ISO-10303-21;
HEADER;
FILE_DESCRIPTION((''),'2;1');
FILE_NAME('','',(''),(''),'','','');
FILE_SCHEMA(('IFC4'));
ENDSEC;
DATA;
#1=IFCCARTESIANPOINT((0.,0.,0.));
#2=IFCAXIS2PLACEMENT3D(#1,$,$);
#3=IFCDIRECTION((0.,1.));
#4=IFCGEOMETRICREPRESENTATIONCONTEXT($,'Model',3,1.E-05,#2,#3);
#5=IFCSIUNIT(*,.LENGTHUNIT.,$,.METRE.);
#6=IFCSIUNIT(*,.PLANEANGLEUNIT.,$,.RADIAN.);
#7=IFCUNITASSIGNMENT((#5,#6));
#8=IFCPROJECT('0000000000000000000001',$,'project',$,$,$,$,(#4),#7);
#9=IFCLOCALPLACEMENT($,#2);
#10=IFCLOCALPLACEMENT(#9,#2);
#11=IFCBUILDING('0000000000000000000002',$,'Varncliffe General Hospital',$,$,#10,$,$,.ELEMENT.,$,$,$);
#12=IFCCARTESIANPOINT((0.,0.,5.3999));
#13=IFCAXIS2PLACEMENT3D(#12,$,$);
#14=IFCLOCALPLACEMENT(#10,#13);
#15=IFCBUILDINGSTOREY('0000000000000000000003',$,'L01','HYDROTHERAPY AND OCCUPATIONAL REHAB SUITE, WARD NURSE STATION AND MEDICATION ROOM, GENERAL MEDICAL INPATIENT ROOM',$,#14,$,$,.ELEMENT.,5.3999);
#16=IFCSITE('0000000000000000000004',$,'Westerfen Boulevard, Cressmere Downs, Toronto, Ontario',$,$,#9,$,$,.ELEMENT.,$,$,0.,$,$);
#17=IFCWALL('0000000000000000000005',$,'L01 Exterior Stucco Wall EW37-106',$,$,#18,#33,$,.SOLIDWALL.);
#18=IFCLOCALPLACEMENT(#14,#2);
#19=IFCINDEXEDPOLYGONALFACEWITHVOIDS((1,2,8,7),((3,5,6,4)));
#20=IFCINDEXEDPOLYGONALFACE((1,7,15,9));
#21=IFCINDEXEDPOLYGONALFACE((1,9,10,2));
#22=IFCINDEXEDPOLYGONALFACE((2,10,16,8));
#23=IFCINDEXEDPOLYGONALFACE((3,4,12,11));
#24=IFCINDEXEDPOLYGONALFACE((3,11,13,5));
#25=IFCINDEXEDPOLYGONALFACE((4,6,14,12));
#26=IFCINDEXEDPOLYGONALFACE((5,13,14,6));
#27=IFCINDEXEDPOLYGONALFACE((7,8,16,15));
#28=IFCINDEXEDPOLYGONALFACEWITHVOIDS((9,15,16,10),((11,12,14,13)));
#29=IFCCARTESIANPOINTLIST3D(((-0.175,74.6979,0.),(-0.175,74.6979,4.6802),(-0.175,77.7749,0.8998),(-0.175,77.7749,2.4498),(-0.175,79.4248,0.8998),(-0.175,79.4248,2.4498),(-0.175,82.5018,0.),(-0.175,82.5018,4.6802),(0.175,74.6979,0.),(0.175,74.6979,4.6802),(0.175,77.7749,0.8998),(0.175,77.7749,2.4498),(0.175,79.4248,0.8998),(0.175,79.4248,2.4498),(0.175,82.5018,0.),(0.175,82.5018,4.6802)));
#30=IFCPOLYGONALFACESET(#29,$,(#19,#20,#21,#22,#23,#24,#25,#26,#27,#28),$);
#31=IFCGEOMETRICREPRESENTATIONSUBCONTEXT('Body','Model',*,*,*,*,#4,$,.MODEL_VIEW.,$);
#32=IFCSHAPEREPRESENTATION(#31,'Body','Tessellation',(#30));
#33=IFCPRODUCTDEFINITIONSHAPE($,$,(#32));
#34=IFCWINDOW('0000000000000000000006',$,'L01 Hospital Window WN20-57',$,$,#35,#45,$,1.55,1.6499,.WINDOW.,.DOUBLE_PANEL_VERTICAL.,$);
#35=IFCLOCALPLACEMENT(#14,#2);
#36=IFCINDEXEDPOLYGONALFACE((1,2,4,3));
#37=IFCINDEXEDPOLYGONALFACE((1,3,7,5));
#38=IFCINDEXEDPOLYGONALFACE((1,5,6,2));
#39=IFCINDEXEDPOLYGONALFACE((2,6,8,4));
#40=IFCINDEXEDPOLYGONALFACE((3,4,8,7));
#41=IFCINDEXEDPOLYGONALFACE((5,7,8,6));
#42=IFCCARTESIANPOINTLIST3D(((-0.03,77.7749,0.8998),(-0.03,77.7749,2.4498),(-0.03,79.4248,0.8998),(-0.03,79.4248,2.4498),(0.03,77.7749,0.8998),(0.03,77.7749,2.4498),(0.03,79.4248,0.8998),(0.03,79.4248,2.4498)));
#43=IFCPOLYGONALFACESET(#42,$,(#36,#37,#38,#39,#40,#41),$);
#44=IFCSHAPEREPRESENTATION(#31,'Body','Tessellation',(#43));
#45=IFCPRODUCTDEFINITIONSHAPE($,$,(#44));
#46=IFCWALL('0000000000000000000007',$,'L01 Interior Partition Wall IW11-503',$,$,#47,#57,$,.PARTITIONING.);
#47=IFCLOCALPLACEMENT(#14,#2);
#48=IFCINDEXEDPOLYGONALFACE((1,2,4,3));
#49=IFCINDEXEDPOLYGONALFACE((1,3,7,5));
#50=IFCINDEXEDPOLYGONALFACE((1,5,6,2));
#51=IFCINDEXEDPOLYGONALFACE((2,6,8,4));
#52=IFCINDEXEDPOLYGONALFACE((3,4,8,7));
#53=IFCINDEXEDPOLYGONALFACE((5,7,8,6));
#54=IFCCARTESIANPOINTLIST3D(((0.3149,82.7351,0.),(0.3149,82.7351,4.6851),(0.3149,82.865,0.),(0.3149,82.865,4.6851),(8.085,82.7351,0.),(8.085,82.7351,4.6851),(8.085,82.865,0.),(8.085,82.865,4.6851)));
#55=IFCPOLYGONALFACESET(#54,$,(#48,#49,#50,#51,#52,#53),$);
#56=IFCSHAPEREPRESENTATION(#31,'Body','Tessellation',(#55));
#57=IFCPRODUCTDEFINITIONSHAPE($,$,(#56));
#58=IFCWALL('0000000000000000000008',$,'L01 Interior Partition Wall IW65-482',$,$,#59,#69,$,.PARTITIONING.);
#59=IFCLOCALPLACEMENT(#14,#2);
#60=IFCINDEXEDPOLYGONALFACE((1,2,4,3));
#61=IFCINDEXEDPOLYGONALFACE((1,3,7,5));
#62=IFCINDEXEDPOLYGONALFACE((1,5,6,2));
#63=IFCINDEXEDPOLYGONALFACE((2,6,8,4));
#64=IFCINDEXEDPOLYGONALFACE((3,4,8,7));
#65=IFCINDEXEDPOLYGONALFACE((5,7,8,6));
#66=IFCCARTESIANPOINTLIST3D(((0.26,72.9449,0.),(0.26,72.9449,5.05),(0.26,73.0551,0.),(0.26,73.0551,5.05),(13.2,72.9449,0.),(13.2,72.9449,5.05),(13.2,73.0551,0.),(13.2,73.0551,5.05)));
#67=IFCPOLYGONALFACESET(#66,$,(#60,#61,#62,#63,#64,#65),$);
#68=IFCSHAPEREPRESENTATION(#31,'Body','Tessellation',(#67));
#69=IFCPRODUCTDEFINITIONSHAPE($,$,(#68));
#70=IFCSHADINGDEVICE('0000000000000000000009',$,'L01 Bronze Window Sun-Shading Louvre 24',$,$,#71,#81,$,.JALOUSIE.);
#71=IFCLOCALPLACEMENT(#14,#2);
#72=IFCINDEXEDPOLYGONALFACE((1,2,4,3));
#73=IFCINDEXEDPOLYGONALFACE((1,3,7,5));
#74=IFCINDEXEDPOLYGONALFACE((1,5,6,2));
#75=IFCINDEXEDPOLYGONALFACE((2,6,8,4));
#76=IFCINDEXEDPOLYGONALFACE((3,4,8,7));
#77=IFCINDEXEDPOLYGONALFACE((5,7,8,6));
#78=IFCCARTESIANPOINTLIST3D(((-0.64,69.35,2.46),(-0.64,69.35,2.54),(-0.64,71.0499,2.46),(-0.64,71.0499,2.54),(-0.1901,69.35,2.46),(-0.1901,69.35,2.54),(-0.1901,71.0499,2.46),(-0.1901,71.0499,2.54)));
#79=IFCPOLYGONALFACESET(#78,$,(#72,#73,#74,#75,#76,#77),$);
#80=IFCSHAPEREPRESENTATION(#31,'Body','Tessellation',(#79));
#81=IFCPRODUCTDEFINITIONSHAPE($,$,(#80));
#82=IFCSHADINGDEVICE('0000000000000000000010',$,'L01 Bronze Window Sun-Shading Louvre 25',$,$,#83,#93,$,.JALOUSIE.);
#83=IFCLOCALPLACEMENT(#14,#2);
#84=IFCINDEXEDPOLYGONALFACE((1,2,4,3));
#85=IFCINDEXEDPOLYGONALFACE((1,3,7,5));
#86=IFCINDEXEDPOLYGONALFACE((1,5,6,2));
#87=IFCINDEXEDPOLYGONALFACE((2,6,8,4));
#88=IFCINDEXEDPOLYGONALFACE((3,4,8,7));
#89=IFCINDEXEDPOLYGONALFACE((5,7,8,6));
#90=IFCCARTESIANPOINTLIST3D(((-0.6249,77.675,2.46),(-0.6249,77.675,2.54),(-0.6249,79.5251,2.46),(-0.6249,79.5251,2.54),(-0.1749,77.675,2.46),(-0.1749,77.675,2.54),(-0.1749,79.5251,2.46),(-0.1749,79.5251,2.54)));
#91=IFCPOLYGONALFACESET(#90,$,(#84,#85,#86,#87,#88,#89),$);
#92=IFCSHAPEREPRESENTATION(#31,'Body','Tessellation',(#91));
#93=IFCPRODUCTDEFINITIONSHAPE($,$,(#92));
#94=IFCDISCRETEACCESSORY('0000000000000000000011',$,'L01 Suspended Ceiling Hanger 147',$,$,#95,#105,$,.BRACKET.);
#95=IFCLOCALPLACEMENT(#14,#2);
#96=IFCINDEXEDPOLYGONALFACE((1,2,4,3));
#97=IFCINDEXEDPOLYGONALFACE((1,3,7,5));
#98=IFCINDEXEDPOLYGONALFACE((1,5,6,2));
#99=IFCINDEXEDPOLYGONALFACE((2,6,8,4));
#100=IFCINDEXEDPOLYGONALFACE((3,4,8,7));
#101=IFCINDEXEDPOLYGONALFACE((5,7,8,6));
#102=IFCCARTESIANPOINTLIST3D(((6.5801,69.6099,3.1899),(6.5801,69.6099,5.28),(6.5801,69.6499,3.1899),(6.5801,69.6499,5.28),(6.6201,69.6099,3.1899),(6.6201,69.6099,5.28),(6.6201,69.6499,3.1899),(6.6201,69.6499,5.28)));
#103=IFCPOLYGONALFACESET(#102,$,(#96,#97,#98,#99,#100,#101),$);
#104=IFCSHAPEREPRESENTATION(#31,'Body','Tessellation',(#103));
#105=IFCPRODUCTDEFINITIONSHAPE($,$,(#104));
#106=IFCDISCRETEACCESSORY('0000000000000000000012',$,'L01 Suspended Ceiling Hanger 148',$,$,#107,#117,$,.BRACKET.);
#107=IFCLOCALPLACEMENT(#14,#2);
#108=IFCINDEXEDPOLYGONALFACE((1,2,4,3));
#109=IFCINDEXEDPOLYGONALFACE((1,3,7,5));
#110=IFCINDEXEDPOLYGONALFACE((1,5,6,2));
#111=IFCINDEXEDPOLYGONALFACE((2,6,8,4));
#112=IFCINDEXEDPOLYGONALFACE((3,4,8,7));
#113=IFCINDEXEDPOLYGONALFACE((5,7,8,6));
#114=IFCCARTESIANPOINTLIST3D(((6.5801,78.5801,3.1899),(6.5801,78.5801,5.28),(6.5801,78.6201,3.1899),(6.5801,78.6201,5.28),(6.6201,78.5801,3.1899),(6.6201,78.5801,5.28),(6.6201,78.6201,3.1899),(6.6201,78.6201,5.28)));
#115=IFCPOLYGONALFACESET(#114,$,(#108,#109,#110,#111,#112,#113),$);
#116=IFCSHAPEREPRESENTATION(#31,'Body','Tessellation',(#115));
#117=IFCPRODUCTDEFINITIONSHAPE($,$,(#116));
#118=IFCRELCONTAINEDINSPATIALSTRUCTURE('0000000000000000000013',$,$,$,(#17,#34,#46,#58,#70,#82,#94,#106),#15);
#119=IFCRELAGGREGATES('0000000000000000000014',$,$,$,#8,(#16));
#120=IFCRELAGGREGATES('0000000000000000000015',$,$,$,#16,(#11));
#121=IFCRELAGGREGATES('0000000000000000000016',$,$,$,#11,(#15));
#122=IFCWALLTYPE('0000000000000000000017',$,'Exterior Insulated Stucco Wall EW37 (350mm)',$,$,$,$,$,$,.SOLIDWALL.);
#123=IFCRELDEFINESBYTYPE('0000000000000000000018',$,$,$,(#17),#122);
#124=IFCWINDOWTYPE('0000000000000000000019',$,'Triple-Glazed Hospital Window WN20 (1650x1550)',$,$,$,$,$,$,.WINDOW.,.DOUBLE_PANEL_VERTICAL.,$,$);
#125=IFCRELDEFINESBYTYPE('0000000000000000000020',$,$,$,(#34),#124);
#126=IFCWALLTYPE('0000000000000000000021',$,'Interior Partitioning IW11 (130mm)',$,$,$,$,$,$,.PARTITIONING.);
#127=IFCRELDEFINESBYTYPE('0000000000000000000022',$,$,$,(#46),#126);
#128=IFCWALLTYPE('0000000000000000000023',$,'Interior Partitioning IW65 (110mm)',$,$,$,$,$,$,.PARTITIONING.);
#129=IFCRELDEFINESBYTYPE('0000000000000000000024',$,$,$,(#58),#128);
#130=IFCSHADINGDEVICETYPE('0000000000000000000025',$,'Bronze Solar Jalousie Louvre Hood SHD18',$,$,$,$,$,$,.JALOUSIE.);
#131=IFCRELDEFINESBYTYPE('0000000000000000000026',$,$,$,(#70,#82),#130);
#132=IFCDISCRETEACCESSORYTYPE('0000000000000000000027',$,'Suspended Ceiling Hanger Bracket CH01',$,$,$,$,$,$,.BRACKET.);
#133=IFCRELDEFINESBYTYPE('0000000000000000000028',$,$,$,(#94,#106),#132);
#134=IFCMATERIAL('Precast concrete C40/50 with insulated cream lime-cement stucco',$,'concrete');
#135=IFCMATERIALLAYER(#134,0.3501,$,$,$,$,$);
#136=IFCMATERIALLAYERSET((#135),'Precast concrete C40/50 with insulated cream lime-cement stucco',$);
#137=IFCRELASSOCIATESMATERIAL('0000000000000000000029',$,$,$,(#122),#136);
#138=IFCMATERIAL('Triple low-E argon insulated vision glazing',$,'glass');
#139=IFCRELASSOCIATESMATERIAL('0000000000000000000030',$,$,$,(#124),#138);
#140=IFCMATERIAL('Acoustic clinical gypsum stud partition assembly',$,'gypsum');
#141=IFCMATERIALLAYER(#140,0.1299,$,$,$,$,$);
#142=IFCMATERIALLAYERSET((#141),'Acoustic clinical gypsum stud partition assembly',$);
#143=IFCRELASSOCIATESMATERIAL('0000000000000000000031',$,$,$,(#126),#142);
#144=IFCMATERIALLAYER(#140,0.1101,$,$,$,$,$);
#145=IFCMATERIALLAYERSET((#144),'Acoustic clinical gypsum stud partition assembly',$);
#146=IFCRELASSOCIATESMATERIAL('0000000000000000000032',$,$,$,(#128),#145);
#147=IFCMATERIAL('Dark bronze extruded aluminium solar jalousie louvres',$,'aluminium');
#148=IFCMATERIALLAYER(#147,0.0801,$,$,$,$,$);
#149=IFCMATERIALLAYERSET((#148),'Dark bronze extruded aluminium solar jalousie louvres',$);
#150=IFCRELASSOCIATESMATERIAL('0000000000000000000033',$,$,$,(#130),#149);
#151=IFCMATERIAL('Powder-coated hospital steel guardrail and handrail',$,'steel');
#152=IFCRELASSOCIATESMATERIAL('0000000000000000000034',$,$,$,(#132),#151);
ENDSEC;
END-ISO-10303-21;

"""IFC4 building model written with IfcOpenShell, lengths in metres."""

from ifc_helpers import new_model, si_unit, direction, frame, frame_2d, origin, origin_2d, place, context, subcontext, project, spatial, rectangle, extrude, material, layer, layer_set, type_object, element, fill, save


model = new_model("IFC4")

# Units and contexts
model_context = context("Model", 3, precision=1e-05, world=origin(), true_north=direction((0.0, 1.0)))
body_context = subcontext(model_context, "Body", "Model", "MODEL_VIEW")
ifc_project = project(units=[si_unit("LENGTHUNIT", "METRE"), si_unit("PLANEANGLEUNIT", "RADIAN")], contexts=[model_context])

# Site, building, storey
site_placement = place(None, origin())
site = spatial("IfcSite", under=ifc_project, at=site_placement, Name="Westerfen Boulevard, Cressmere Downs, Toronto, Ontario", CompositionType="ELEMENT", RefElevation=0.0)
building_placement = place(site_placement, origin())
building = spatial("IfcBuilding", under=site, at=building_placement, Name="Varncliffe General Hospital", CompositionType="ELEMENT")
storey_placement = place(building_placement, frame((0.0, 0.0, 5.3999)))
storey = spatial("IfcBuildingStorey", under=building, at=storey_placement, Name="L01", Description="HYDROTHERAPY AND OCCUPATIONAL REHAB SUITE, WARD NURSE STATION AND MEDICATION ROOM, GENERAL MEDICAL INPATIENT ROOM", CompositionType="ELEMENT", Elevation=5.3999)

# Wall, opening, window
ifc_material_1 = material(Name="Precast concrete C40/50 with insulated cream lime-cement stucco", Category="concrete")
ifc_material_2 = material(Name="Triple low-E argon insulated vision glazing", Category="glass")
ifc_layer_1 = layer(ifc_material_1, 0.3501)
ifc_layer_set_1 = layer_set([ifc_layer_1], Name="Precast concrete C40/50 with insulated cream lime-cement stucco")
wall_type_1 = type_object("IfcWallType", Name="Exterior Insulated Stucco Wall EW37 (350mm)", PredefinedType="SOLIDWALL", material=ifc_layer_set_1)
wall_1_placement = place(storey_placement, frame((0.0, 74.698, 0.0), z_axis=(0.0, 0.0, 1.0), x_axis=(0.0, 1.0, 0.0)))
wall_1 = element("IfcWall", 1, at=wall_1_placement, inside=storey, type_object=wall_type_1, Name="L01 Exterior Stucco Wall EW37-106", PredefinedType="SOLIDWALL", context=body_context, shape_type="SweptSolid", body=[
    extrude(rectangle(XDim=7.804, YDim=0.3501, at=frame_2d((3.9019, 0.0))), origin(), (0.0, 0.0, 1.0), 4.6802),
])
opening_1_placement = place(wall_1_placement, frame((3.0769, 0.0, 0.8999)))
opening_1 = element("IfcOpeningElement", 2, at=opening_1_placement, cuts=wall_1, PredefinedType="OPENING", context=body_context, shape_type="SweptSolid", body=[
    extrude(rectangle(XDim=1.6499, YDim=1.55, at=frame_2d((0.825, 0.7749))), frame((0.0, 0.1851, 0.0), z_axis=(0.0, -1.0, 0.0), x_axis=(1.0, 0.0, 0.0)), (0.0, 0.0, 1.0), 0.3701),
])
window_type_1 = type_object("IfcWindowType", Name="Triple-Glazed Hospital Window WN20 (1650x1550)", PartitioningType="DOUBLE_PANEL_VERTICAL", PredefinedType="WINDOW", material=ifc_material_2)
window_1_placement = place(opening_1_placement, origin())
window_1 = element("IfcWindow", 3, at=window_1_placement, inside=storey, type_object=window_type_1, Name="L01 Hospital Window WN20-57", OverallHeight=1.55, OverallWidth=1.6499, PartitioningType="DOUBLE_PANEL_VERTICAL", PredefinedType="WINDOW", context=body_context, shape_type="SweptSolid", body=[
    extrude(rectangle(XDim=1.6499, YDim=1.55, at=frame_2d((0.825, 0.7749))), frame((0.0, 0.03, 0.0), z_axis=(0.0, -1.0, 0.0), x_axis=(1.0, 0.0, 0.0)), (0.0, 0.0, 1.0), 0.0601),
])
fill(opening_1, window_1)

# Walls
ifc_material_3 = material(Name="Acoustic clinical gypsum stud partition assembly", Category="gypsum")
ifc_layer_2 = layer(ifc_material_3, 0.1299)
ifc_layer_set_2 = layer_set([ifc_layer_2], Name="Acoustic clinical gypsum stud partition assembly")
wall_type_2 = type_object("IfcWallType", Name="Interior Partitioning IW11 (130mm)", PredefinedType="PARTITIONING", material=ifc_layer_set_2)
wall_2_placement = place(storey_placement, frame((0.3149, 82.8, 0.0), z_axis=(0.0, 0.0, 1.0), x_axis=(1.0, 0.0, 0.0)))
element("IfcWall", 4, at=wall_2_placement, inside=storey, type_object=wall_type_2, Name="L01 Interior Partition Wall IW11-503", PredefinedType="PARTITIONING", context=body_context, shape_type="SweptSolid", body=[
    extrude(rectangle(XDim=7.77, YDim=0.1299, at=frame_2d((3.885, 0.0))), origin(), (0.0, 0.0, 1.0), 4.6851),
])
ifc_layer_3 = layer(ifc_material_3, 0.1101)
ifc_layer_set_3 = layer_set([ifc_layer_3], Name="Acoustic clinical gypsum stud partition assembly")
wall_type_3 = type_object("IfcWallType", Name="Interior Partitioning IW65 (110mm)", PredefinedType="PARTITIONING", material=ifc_layer_set_3)
wall_3_placement = place(storey_placement, frame((0.26, 73.0, 0.0), z_axis=(0.0, 0.0, 1.0), x_axis=(1.0, 0.0, 0.0)))
element("IfcWall", 5, at=wall_3_placement, inside=storey, type_object=wall_type_3, Name="L01 Interior Partition Wall IW65-482", PredefinedType="PARTITIONING", context=body_context, shape_type="SweptSolid", body=[
    extrude(rectangle(XDim=12.9399, YDim=0.1101, at=frame_2d((6.47, 0.0))), origin(), (0.0, 0.0, 1.0), 5.05),
])

# Shading devices
ifc_material_4 = material(Name="Dark bronze extruded aluminium solar jalousie louvres", Category="aluminium")
ifc_layer_4 = layer(ifc_material_4, 0.0801)
ifc_layer_set_4 = layer_set([ifc_layer_4], Name="Dark bronze extruded aluminium solar jalousie louvres")
shading_device_type = type_object("IfcShadingDeviceType", Name="Bronze Solar Jalousie Louvre Hood SHD18", PredefinedType="JALOUSIE", material=ifc_layer_set_4)
shading_device_1_placement = place(storey_placement, frame((-0.415, 70.2, 2.46), z_axis=(0.0, 0.0, 1.0), x_axis=(0.0, 1.0, 0.0)))
element("IfcShadingDevice", 6, at=shading_device_1_placement, inside=storey, type_object=shading_device_type, Name="L01 Bronze Window Sun-Shading Louvre 24", PredefinedType="JALOUSIE", context=body_context, shape_type="SweptSolid", body=[
    extrude(rectangle(XDim=1.7, YDim=0.45, at=origin_2d()), origin(), (0.0, 0.0, 1.0), 0.0801),
])
shading_device_2_placement = place(storey_placement, frame((-0.3999, 78.6001, 2.46), z_axis=(0.0, 0.0, 1.0), x_axis=(0.0, 1.0, 0.0)))
element("IfcShadingDevice", 7, at=shading_device_2_placement, inside=storey, type_object=shading_device_type, Name="L01 Bronze Window Sun-Shading Louvre 25", PredefinedType="JALOUSIE", context=body_context, shape_type="SweptSolid", body=[
    extrude(rectangle(XDim=1.8501, YDim=0.45, at=origin_2d()), origin(), (0.0, 0.0, 1.0), 0.0801),
])

# Discrete accessories
ifc_material_5 = material(Name="Powder-coated hospital steel guardrail and handrail", Category="steel")
discrete_accessory_type = type_object("IfcDiscreteAccessoryType", Name="Suspended Ceiling Hanger Bracket CH01", PredefinedType="BRACKET", material=ifc_material_5)
for number, where, z_axis, x_axis, name in (
    (8, (6.6001, 69.6299, 3.1899), (0.0, 0.0, 1.0), (1.0, 0.0, 0.0), "L01 Suspended Ceiling Hanger 147"),
    (9, (6.6001, 78.6001, 3.1899), (0.0, 0.0, 1.0), (1.0, 0.0, 0.0), "L01 Suspended Ceiling Hanger 148"),
):
    element("IfcDiscreteAccessory", number, at=place(storey_placement, frame(where, z_axis=z_axis, x_axis=x_axis)), inside=storey, type_object=discrete_accessory_type, Name=name, PredefinedType="BRACKET", context=body_context, shape_type="SweptSolid", body=[
        extrude(rectangle(XDim=0.04, YDim=0.04, at=origin_2d()), origin(), (0.0, 0.0, 1.0), 2.0901),
    ])

save(model, "model.ifc")
